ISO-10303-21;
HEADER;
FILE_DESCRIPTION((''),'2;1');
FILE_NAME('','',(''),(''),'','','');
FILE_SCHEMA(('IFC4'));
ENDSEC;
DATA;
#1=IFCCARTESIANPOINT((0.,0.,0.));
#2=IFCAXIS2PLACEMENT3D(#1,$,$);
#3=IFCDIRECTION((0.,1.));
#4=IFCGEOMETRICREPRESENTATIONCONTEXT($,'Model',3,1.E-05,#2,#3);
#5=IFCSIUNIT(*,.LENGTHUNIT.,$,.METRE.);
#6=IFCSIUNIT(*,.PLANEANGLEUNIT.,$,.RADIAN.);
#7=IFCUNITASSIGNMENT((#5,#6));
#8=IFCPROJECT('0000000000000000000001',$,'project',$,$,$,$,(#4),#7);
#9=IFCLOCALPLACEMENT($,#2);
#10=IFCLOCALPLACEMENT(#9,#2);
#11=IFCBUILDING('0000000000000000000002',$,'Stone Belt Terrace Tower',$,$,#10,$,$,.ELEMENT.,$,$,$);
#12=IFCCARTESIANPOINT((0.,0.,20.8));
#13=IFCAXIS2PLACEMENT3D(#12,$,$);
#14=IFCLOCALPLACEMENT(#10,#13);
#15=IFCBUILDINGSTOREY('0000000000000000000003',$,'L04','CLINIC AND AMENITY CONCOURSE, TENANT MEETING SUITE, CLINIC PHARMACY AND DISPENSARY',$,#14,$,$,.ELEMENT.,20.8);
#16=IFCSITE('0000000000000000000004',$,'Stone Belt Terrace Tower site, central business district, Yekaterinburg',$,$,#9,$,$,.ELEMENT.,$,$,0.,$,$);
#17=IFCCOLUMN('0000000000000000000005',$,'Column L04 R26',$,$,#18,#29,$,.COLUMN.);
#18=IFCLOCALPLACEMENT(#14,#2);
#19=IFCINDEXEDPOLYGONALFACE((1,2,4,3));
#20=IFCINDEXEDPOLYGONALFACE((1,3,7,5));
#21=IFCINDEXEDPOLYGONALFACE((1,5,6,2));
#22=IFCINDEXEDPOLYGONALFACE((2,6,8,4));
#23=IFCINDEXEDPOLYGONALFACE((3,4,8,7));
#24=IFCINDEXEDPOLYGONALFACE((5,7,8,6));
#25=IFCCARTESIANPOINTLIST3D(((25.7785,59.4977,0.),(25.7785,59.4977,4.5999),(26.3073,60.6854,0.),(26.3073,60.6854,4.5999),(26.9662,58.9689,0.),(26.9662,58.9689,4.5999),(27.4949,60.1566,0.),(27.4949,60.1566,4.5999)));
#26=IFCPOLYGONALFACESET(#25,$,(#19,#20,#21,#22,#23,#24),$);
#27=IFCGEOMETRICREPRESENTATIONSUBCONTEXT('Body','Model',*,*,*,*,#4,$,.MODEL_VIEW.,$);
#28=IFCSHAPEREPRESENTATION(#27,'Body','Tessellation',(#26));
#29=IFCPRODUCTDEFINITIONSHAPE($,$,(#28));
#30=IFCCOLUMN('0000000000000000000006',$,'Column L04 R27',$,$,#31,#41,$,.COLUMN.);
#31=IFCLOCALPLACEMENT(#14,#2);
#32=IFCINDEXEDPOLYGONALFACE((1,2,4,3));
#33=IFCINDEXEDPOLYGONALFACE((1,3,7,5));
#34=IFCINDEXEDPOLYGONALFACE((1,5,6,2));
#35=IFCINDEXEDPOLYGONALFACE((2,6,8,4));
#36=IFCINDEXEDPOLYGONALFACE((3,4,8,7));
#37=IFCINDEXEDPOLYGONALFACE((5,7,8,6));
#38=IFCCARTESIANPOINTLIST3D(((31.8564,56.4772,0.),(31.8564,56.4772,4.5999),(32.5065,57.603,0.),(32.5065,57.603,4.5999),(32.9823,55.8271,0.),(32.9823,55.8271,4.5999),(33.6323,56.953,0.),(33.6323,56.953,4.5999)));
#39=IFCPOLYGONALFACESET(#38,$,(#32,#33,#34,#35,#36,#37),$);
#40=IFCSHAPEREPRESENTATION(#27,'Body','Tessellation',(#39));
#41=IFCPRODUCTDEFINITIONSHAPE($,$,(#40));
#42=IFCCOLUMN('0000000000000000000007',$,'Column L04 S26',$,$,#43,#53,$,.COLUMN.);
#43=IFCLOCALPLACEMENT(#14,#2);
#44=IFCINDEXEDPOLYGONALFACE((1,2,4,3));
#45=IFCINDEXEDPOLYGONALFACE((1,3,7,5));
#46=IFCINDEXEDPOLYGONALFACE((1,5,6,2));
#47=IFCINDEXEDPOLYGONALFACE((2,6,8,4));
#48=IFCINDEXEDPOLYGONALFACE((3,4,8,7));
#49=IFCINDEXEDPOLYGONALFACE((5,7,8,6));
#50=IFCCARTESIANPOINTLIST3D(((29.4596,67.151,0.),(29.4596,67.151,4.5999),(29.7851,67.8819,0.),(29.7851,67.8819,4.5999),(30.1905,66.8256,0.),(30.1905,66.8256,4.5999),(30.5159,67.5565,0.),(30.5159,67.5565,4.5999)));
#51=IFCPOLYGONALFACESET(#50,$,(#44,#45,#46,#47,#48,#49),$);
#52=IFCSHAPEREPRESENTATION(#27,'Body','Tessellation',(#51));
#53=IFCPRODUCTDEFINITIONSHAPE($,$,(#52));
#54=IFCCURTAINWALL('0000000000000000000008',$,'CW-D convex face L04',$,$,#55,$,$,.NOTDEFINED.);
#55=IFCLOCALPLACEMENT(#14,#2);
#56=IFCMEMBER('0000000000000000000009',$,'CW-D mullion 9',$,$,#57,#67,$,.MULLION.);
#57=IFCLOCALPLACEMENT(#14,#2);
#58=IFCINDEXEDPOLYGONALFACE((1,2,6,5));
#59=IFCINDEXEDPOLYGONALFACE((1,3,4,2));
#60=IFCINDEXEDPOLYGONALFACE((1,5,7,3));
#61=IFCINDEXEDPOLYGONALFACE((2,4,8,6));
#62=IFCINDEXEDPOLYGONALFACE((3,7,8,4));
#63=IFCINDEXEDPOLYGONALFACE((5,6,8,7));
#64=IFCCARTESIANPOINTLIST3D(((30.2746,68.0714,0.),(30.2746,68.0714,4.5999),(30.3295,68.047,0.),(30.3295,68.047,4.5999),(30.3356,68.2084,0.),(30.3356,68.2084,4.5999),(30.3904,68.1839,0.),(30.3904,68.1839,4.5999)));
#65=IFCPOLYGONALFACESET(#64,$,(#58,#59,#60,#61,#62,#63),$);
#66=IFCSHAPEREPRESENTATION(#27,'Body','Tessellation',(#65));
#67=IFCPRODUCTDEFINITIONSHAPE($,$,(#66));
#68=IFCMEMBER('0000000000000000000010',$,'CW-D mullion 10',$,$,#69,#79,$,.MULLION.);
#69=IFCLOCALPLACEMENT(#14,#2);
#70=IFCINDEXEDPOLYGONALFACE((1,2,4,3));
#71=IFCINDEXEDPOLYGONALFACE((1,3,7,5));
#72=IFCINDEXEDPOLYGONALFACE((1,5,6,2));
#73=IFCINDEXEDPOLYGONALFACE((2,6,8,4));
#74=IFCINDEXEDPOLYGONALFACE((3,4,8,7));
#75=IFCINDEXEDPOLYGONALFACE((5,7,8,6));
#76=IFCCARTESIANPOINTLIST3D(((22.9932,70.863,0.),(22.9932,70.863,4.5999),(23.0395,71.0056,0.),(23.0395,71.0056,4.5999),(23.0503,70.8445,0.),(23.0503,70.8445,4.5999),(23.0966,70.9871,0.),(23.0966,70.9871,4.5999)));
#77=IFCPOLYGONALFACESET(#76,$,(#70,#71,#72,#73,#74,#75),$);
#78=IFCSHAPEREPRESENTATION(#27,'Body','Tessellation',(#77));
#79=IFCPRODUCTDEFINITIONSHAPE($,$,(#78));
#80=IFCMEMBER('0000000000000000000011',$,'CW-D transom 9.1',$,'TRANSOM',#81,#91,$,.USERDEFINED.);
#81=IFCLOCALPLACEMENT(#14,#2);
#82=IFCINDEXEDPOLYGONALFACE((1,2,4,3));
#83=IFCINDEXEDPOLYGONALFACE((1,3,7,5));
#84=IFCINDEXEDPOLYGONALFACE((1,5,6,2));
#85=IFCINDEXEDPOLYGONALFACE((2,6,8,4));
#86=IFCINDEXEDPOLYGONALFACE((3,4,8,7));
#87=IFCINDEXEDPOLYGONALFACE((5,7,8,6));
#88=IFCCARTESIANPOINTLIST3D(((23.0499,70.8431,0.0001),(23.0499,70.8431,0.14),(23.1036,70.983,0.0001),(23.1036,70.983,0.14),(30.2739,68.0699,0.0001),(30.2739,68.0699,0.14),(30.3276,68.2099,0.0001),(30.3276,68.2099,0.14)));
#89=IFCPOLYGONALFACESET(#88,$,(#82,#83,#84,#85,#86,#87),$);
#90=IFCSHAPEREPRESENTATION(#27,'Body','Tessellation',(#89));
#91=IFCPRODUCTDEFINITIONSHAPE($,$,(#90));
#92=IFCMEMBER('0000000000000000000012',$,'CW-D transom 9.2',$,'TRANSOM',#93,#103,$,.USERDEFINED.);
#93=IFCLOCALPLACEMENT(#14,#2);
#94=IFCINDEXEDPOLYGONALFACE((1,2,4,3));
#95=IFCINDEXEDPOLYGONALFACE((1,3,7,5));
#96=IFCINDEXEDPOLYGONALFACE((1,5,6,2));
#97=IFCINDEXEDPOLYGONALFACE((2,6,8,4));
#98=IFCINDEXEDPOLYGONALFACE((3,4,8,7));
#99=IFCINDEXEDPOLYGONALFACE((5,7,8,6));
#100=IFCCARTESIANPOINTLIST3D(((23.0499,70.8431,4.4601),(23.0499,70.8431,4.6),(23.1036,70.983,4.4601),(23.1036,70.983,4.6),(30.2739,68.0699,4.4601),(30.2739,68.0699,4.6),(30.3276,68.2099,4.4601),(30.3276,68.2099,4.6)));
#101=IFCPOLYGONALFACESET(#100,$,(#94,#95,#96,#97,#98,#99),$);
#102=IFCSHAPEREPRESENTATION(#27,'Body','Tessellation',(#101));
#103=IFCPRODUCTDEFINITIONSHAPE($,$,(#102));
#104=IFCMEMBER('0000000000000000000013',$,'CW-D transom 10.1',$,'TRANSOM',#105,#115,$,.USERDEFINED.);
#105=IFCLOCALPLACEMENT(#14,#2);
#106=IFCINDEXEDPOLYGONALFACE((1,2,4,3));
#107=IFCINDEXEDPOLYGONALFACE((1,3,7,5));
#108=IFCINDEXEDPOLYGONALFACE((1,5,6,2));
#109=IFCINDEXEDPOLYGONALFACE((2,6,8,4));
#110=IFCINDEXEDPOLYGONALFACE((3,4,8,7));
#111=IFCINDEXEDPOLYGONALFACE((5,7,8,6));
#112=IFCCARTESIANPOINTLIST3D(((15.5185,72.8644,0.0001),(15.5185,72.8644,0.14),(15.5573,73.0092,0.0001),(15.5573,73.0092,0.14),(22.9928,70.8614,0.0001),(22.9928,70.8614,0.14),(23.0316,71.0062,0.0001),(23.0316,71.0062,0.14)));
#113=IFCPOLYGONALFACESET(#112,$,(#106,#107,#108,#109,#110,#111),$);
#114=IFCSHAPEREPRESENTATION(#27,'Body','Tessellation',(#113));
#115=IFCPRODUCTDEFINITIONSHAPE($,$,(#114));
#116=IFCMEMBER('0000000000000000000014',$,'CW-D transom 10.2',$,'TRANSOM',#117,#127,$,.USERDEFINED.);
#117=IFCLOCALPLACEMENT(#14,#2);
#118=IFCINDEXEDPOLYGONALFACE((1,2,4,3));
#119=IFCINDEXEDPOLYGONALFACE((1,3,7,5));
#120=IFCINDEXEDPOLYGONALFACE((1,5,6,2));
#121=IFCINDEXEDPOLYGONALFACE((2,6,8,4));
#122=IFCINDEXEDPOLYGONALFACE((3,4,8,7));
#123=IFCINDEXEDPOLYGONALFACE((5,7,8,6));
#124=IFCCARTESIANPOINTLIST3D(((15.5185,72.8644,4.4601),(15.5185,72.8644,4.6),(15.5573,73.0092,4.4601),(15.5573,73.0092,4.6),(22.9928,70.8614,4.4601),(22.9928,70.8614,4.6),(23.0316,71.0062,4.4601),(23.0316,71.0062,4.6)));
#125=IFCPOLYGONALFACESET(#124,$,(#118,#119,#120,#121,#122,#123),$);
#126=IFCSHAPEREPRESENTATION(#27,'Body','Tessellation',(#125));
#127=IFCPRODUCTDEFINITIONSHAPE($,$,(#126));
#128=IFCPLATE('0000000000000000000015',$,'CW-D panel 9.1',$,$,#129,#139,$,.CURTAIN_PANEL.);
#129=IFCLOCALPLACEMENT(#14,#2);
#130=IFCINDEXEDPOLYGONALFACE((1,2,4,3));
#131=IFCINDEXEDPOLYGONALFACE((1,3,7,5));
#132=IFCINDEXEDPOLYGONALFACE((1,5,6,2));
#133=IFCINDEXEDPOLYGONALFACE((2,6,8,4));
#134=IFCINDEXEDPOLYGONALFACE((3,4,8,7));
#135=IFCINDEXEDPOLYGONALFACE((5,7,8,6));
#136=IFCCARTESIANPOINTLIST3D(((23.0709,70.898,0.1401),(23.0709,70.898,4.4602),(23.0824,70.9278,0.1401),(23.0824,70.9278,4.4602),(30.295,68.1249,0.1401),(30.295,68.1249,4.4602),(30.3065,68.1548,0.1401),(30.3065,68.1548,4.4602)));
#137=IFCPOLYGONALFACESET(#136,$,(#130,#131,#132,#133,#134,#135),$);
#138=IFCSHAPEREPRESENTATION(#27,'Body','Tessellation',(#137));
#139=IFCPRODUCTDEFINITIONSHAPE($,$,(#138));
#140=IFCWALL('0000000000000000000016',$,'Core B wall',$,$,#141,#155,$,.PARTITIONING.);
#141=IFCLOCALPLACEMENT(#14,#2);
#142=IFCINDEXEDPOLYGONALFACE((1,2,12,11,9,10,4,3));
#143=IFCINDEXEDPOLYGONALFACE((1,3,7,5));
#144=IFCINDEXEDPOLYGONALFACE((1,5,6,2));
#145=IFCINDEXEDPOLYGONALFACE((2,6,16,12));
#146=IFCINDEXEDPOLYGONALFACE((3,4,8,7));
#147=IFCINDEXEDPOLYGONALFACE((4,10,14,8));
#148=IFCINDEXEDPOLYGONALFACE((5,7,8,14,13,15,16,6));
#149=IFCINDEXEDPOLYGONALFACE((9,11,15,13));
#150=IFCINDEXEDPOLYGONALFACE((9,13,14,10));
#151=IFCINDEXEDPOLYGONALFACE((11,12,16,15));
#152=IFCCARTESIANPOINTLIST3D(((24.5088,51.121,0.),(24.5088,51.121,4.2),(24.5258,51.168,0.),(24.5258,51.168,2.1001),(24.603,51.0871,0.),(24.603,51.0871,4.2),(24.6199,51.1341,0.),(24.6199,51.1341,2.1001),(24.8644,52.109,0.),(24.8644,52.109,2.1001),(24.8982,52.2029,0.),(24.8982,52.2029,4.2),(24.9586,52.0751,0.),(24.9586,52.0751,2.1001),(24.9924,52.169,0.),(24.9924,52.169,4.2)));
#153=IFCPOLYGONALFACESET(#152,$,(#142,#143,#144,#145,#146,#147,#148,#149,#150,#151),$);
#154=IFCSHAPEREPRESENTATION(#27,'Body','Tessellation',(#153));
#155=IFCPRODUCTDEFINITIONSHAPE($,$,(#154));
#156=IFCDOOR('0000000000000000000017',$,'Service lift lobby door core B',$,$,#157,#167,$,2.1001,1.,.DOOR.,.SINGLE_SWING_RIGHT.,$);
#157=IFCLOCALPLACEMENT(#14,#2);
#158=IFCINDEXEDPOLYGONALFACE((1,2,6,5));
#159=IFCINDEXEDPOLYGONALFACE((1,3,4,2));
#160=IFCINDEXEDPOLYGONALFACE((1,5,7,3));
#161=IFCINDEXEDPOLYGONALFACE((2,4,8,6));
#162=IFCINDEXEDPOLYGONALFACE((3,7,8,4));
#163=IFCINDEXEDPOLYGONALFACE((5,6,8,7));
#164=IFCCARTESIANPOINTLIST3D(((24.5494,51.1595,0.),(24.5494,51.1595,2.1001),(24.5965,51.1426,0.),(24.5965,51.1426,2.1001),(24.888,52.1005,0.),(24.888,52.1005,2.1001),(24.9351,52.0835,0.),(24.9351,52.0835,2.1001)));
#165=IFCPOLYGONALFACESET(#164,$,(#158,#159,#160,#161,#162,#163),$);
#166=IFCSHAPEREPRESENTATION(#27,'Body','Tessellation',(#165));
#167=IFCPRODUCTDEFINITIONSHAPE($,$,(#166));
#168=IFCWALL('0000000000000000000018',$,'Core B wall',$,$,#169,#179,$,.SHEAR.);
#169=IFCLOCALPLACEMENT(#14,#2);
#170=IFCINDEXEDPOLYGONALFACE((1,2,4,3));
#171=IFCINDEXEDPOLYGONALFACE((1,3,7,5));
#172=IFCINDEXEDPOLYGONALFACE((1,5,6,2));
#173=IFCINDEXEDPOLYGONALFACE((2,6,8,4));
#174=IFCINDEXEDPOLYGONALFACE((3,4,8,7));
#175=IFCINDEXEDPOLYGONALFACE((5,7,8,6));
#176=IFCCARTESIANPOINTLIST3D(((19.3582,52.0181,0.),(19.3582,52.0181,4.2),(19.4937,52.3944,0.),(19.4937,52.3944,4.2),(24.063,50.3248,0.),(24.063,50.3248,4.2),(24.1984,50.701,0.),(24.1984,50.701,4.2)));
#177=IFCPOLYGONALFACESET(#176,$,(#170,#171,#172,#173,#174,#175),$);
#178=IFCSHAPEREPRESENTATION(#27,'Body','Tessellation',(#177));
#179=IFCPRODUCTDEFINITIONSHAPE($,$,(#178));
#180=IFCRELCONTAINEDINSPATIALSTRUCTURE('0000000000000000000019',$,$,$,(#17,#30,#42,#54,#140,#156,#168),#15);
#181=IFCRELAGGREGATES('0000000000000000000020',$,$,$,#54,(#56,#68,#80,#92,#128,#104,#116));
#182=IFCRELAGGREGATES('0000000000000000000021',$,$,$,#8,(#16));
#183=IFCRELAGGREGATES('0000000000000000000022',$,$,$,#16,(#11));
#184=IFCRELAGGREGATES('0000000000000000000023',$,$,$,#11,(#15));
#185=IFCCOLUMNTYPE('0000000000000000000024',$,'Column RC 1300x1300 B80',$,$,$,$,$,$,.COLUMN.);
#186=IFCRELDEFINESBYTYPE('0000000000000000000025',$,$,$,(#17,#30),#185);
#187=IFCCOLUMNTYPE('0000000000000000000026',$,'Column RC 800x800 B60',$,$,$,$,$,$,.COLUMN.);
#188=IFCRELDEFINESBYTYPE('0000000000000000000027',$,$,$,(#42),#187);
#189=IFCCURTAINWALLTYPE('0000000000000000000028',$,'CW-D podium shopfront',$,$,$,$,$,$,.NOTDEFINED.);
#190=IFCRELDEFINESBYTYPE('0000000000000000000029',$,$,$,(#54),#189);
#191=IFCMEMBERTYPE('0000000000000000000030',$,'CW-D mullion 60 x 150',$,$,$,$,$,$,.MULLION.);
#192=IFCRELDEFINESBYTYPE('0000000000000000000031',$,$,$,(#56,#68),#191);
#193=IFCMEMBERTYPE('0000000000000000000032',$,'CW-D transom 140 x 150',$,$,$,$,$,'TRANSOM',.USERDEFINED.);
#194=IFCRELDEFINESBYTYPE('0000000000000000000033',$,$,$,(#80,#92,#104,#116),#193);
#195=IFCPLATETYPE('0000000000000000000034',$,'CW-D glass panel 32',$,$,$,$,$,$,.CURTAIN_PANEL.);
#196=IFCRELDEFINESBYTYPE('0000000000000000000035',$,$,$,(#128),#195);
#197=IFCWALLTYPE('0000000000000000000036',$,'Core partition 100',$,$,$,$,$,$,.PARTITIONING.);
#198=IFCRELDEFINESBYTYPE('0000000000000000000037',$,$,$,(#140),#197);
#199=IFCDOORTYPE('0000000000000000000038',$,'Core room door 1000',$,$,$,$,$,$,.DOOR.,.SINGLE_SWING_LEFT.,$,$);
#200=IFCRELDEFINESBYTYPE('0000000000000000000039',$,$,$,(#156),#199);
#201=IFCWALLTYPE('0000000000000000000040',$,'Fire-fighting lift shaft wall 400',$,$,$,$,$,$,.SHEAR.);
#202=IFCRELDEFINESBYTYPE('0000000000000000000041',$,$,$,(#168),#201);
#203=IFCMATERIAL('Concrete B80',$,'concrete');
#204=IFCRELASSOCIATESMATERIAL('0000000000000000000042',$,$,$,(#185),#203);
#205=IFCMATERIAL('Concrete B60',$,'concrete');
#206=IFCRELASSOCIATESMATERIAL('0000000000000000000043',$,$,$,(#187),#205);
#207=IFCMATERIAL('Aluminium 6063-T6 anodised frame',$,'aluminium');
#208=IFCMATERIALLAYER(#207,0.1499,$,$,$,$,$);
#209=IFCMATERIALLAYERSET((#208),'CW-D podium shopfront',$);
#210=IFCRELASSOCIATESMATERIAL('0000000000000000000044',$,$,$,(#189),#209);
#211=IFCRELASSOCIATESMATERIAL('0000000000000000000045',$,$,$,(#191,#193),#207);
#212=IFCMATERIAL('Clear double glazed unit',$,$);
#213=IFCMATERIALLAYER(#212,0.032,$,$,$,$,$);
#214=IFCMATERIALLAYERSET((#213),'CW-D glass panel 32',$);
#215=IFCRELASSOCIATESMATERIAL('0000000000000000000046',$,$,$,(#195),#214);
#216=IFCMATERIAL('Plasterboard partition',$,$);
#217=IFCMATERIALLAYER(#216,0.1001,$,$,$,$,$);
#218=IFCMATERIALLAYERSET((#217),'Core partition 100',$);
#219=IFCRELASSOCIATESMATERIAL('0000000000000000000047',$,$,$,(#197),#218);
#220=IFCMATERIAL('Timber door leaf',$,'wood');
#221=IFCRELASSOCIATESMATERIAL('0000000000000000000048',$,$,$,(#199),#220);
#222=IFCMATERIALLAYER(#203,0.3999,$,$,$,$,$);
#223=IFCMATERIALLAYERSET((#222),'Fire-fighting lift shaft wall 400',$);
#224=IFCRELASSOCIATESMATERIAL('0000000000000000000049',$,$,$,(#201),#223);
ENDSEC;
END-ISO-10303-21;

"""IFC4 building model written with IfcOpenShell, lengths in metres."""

from ifc_helpers import new_model, si_unit, direction, frame, frame_2d, origin, origin_2d, place, context, subcontext, project, spatial, rectangle, extrude, material, layer, layer_set, material_profile, profile_set, type_object, element, fill, aggregate, save


model = new_model("IFC4")

# Units and contexts
model_context = context("Model", 3, precision=1e-05, world=origin(), true_north=direction((0.0, 1.0)))
body_context = subcontext(model_context, "Body", "Model", "MODEL_VIEW")
ifc_project = project(units=[si_unit("LENGTHUNIT", "METRE"), si_unit("PLANEANGLEUNIT", "RADIAN")], contexts=[model_context])

# Site, building, storey
site_placement = place(None, origin())
site = spatial("IfcSite", under=ifc_project, at=site_placement, Name="Stone Belt Terrace Tower site, central business district, Yekaterinburg", CompositionType="ELEMENT", RefElevation=0.0)
building_placement = place(site_placement, origin())
building = spatial("IfcBuilding", under=site, at=building_placement, Name="Stone Belt Terrace Tower", CompositionType="ELEMENT")
storey_placement = place(building_placement, frame((0.0, 0.0, 20.8)))
storey = spatial("IfcBuildingStorey", under=building, at=storey_placement, Name="L04", Description="CLINIC AND AMENITY CONCOURSE, TENANT MEETING SUITE, CLINIC PHARMACY AND DISPENSARY", CompositionType="ELEMENT", Elevation=20.8)

# Columns
ifc_material_1 = material(Name="Concrete B80", Category="concrete")
ifc_material_profile_1 = material_profile(ifc_material_1, rectangle(XDim=1.3, YDim=1.3, at=origin_2d()), Name="RC 1300x1300")
ifc_profile_set_1 = profile_set([ifc_material_profile_1], Name="Concrete B80")
column_type_1 = type_object("IfcColumnType", Name="Column RC 1300x1300 B80", PredefinedType="COLUMN", material=ifc_profile_set_1)
for number, where, z_axis, x_axis, name in (
    (1, (26.6367, 59.8271, 0.0), (0.0, 0.0, 1.0), (0.913545, -0.406737, 0.0), "Column L04 R26"),
    (2, (32.7444, 56.7151, 0.0), (0.0, 0.0, 1.0), (0.866025, -0.5, 0.0), "Column L04 R27"),
):
    element("IfcColumn", number, at=place(storey_placement, frame(where, z_axis=z_axis, x_axis=x_axis)), inside=storey, type_object=column_type_1, Name=name, PredefinedType="COLUMN", context=body_context, shape_type="SweptSolid", body=[
        extrude(rectangle(XDim=1.3, YDim=1.3, at=origin_2d()), origin(), (0.0, 0.0, 1.0), 4.5999),
    ])
ifc_material_2 = material(Name="Concrete B60", Category="concrete")
ifc_material_profile_2 = material_profile(ifc_material_2, rectangle(XDim=0.8, YDim=0.8, at=origin_2d()), Name="RC 800x800")
ifc_profile_set_2 = profile_set([ifc_material_profile_2], Name="Concrete B60")
column_type_2 = type_object("IfcColumnType", Name="Column RC 800x800 B60", PredefinedType="COLUMN", material=ifc_profile_set_2)
column_placement = place(storey_placement, frame((29.9878, 67.3538, 0.0), z_axis=(0.0, 0.0, 1.0), x_axis=(0.913545, -0.406737, 0.0)))
element("IfcColumn", 3, at=column_placement, inside=storey, type_object=column_type_2, Name="Column L04 S26", PredefinedType="COLUMN", context=body_context, shape_type="SweptSolid", body=[
    extrude(rectangle(XDim=0.8, YDim=0.8, at=origin_2d()), origin(), (0.0, 0.0, 1.0), 4.5999),
])

# Curtain wall, members, plate
ifc_material_3 = material(Name="Aluminium 6063-T6 anodised frame", Category="aluminium")
ifc_layer_1 = layer(ifc_material_3, 0.1499)
ifc_layer_set_1 = layer_set([ifc_layer_1], Name="CW-D podium shopfront")
curtain_wall_type = type_object("IfcCurtainWallType", Name="CW-D podium shopfront", PredefinedType="NOTDEFINED", material=ifc_layer_set_1)
curtain_wall_placement = place(storey_placement, origin())
curtain_wall = element("IfcCurtainWall", 4, at=curtain_wall_placement, inside=storey, type_object=curtain_wall_type, Name="CW-D convex face L04", PredefinedType="NOTDEFINED")
ifc_material_profile_3 = material_profile(ifc_material_3, rectangle(XDim=0.1499, YDim=0.0601, at=origin_2d()), Name="Aluminium 6063-T6 60x150")
ifc_profile_set_3 = profile_set([ifc_material_profile_3], Name="Aluminium 6063-T6 anodised frame")
member_type_1 = type_object("IfcMemberType", Name="CW-D mullion 60 x 150", PredefinedType="MULLION", material=ifc_profile_set_3)
member_1_placement = place(storey_placement, frame((30.3325, 68.1277, 0.0), z_axis=(0.0, 0.0, 1.0), x_axis=(-0.406737, -0.913545, 0.0)))
member_1 = element("IfcMember", 5, at=member_1_placement, type_object=member_type_1, Name="CW-D mullion 9", PredefinedType="MULLION", context=body_context, shape_type="SweptSolid", body=[
    extrude(rectangle(XDim=0.1499, YDim=0.0601, at=origin_2d()), origin(), (0.0, 0.0, 1.0), 4.5999),
])
member_2_placement = place(storey_placement, frame((23.0449, 70.925, 0.0), z_axis=(0.0, 0.0, 1.0), x_axis=(-0.309017, -0.951057, 0.0)))
member_2 = element("IfcMember", 6, at=member_2_placement, type_object=member_type_1, Name="CW-D mullion 10", PredefinedType="MULLION", context=body_context, shape_type="SweptSolid", body=[
    extrude(rectangle(XDim=0.1499, YDim=0.0601, at=origin_2d()), origin(), (0.0, 0.0, 1.0), 4.5999),
])
ifc_material_profile_4 = material_profile(ifc_material_3, rectangle(XDim=0.1499, YDim=0.1399, at=origin_2d()), Name="Aluminium 6063-T6 150x140")
ifc_profile_set_4 = profile_set([ifc_material_profile_4], Name="Aluminium 6063-T6 anodised frame")
member_type_2 = type_object("IfcMemberType", Name="CW-D transom 140 x 150", ElementType="TRANSOM", PredefinedType="USERDEFINED", material=ifc_profile_set_4)
member_3_placement = place(storey_placement, frame((30.3008, 68.1399, 0.0701), z_axis=(-0.933576, 0.358381, 0.0), x_axis=(-0.358381, -0.933576, 0.0)))
member_3 = element("IfcMember", 7, at=member_3_placement, type_object=member_type_2, Name="CW-D transom 9.1", ObjectType="TRANSOM", PredefinedType="USERDEFINED", context=body_context, shape_type="SweptSolid", body=[
    extrude(rectangle(XDim=0.1499, YDim=0.1399, at=origin_2d()), origin(), (0.0, 0.0, 1.0), 7.738),
])
member_4_placement = place(storey_placement, frame((30.3008, 68.1399, 4.53), z_axis=(-0.933576, 0.358381, 0.0), x_axis=(-0.358381, -0.933576, 0.0)))
member_4 = element("IfcMember", 8, at=member_4_placement, type_object=member_type_2, Name="CW-D transom 9.2", ObjectType="TRANSOM", PredefinedType="USERDEFINED", context=body_context, shape_type="SweptSolid", body=[
    extrude(rectangle(XDim=0.1499, YDim=0.1399, at=origin_2d()), origin(), (0.0, 0.0, 1.0), 7.738),
])
member_5_placement = place(storey_placement, frame((23.0122, 70.9338, 0.0701), z_axis=(-0.96592, 0.258841, 0.0), x_axis=(-0.258841, -0.96592, 0.0)))
member_5 = element("IfcMember", 9, at=member_5_placement, type_object=member_type_2, Name="CW-D transom 10.1", ObjectType="TRANSOM", PredefinedType="USERDEFINED", context=body_context, shape_type="SweptSolid", body=[
    extrude(rectangle(XDim=0.1499, YDim=0.1399, at=origin_2d()), origin(), (0.0, 0.0, 1.0), 7.738),
])
member_6_placement = place(storey_placement, frame((23.0122, 70.9338, 4.53), z_axis=(-0.96592, 0.258841, 0.0), x_axis=(-0.258841, -0.96592, 0.0)))
member_6 = element("IfcMember", 10, at=member_6_placement, type_object=member_type_2, Name="CW-D transom 10.2", ObjectType="TRANSOM", PredefinedType="USERDEFINED", context=body_context, shape_type="SweptSolid", body=[
    extrude(rectangle(XDim=0.1499, YDim=0.1399, at=origin_2d()), origin(), (0.0, 0.0, 1.0), 7.738),
])
ifc_material_4 = material(Name="Clear double glazed unit")
ifc_layer_2 = layer(ifc_material_4, 0.032)
ifc_layer_set_2 = layer_set([ifc_layer_2], Name="CW-D glass panel 32")
plate_type = type_object("IfcPlateType", Name="CW-D glass panel 32", PredefinedType="CURTAIN_PANEL", material=ifc_layer_set_2)
plate_placement = place(storey_placement, frame((26.6887, 69.5264, 0.1401), z_axis=(0.0, 0.0, 1.0), x_axis=(-0.93358, 0.358368, 0.0)))
plate = element("IfcPlate", 11, at=plate_placement, type_object=plate_type, Name="CW-D panel 9.1", PredefinedType="CURTAIN_PANEL", context=body_context, shape_type="SweptSolid", body=[
    extrude(rectangle(XDim=7.738, YDim=0.032, at=origin_2d()), origin(), (0.0, 0.0, 1.0), 4.3201),
])
aggregate(curtain_wall, [member_1, member_2, member_3, member_4, plate, member_5, member_6])

# Wall, opening, door
ifc_material_5 = material(Name="Plasterboard partition")
ifc_layer_3 = layer(ifc_material_5, 0.1001)
ifc_layer_set_3 = layer_set([ifc_layer_3], Name="Core partition 100")
wall_type_1 = type_object("IfcWallType", Name="Core partition 100", PredefinedType="PARTITIONING", material=ifc_layer_set_3)
wall_1_placement = place(storey_placement, frame((24.5559, 51.104, 0.0), z_axis=(0.0, 0.0, 1.0), x_axis=(0.338622, 0.940923, 0.0)))
wall_1 = element("IfcWall", 12, at=wall_1_placement, inside=storey, type_object=wall_type_1, Name="Core B wall", PredefinedType="PARTITIONING", context=body_context, shape_type="SweptSolid", body=[
    extrude(rectangle(XDim=1.1499, YDim=0.1001, at=frame_2d((0.575, 0.0))), origin(), (0.0, 0.0, 1.0), 4.2),
])
opening_1_placement = place(wall_1_placement, frame((0.05, 0.0, 0.0)))
opening_1 = element("IfcOpeningElement", 13, at=opening_1_placement, cuts=wall_1, PredefinedType="OPENING", context=body_context, shape_type="SweptSolid", body=[
    extrude(rectangle(XDim=1.0, YDim=2.1001, at=frame_2d((0.5, 1.05))), frame((0.0, 0.0601, 0.0), z_axis=(0.0, -1.0, 0.0), x_axis=(1.0, 0.0, 0.0)), (0.0, 0.0, 1.0), 0.1201),
])
ifc_material_6 = material(Name="Timber door leaf", Category="wood")
door_type_1 = type_object("IfcDoorType", Name="Core room door 1000", OperationType="SINGLE_SWING_LEFT", PredefinedType="DOOR", material=ifc_material_6)
door_1_placement = place(opening_1_placement, origin())
door_1 = element("IfcDoor", 14, at=door_1_placement, inside=storey, type_object=door_type_1, Name="Service lift lobby door core B", OperationType="SINGLE_SWING_RIGHT", OverallHeight=2.1001, OverallWidth=1.0, PredefinedType="DOOR", context=body_context, shape_type="SweptSolid", body=[
    extrude(rectangle(XDim=1.0, YDim=2.1001, at=frame_2d((0.5, 1.05))), frame((0.0, 0.0249, 0.0), z_axis=(0.0, -1.0, 0.0), x_axis=(1.0, 0.0, 0.0)), (0.0, 0.0, 1.0), 0.05),
])
fill(opening_1, door_1)

# Wall
ifc_layer_4 = layer(ifc_material_1, 0.3999)
ifc_layer_set_4 = layer_set([ifc_layer_4], Name="Fire-fighting lift shaft wall 400")
wall_type_2 = type_object("IfcWallType", Name="Fire-fighting lift shaft wall 400", PredefinedType="SHEAR", material=ifc_layer_set_4)
wall_2_placement = place(storey_placement, frame((24.1306, 50.5129, 0.0), z_axis=(0.0, 0.0, 1.0), x_axis=(-0.940912, 0.338652, 0.0)))
element("IfcWall", 15, at=wall_2_placement, inside=storey, type_object=wall_type_2, Name="Core B wall", PredefinedType="SHEAR", context=body_context, shape_type="SweptSolid", body=[
    extrude(rectangle(XDim=5.0002, YDim=0.3999, at=frame_2d((2.5, 0.0))), origin(), (0.0, 0.0, 1.0), 4.2),
])

save(model, "model.ifc")
